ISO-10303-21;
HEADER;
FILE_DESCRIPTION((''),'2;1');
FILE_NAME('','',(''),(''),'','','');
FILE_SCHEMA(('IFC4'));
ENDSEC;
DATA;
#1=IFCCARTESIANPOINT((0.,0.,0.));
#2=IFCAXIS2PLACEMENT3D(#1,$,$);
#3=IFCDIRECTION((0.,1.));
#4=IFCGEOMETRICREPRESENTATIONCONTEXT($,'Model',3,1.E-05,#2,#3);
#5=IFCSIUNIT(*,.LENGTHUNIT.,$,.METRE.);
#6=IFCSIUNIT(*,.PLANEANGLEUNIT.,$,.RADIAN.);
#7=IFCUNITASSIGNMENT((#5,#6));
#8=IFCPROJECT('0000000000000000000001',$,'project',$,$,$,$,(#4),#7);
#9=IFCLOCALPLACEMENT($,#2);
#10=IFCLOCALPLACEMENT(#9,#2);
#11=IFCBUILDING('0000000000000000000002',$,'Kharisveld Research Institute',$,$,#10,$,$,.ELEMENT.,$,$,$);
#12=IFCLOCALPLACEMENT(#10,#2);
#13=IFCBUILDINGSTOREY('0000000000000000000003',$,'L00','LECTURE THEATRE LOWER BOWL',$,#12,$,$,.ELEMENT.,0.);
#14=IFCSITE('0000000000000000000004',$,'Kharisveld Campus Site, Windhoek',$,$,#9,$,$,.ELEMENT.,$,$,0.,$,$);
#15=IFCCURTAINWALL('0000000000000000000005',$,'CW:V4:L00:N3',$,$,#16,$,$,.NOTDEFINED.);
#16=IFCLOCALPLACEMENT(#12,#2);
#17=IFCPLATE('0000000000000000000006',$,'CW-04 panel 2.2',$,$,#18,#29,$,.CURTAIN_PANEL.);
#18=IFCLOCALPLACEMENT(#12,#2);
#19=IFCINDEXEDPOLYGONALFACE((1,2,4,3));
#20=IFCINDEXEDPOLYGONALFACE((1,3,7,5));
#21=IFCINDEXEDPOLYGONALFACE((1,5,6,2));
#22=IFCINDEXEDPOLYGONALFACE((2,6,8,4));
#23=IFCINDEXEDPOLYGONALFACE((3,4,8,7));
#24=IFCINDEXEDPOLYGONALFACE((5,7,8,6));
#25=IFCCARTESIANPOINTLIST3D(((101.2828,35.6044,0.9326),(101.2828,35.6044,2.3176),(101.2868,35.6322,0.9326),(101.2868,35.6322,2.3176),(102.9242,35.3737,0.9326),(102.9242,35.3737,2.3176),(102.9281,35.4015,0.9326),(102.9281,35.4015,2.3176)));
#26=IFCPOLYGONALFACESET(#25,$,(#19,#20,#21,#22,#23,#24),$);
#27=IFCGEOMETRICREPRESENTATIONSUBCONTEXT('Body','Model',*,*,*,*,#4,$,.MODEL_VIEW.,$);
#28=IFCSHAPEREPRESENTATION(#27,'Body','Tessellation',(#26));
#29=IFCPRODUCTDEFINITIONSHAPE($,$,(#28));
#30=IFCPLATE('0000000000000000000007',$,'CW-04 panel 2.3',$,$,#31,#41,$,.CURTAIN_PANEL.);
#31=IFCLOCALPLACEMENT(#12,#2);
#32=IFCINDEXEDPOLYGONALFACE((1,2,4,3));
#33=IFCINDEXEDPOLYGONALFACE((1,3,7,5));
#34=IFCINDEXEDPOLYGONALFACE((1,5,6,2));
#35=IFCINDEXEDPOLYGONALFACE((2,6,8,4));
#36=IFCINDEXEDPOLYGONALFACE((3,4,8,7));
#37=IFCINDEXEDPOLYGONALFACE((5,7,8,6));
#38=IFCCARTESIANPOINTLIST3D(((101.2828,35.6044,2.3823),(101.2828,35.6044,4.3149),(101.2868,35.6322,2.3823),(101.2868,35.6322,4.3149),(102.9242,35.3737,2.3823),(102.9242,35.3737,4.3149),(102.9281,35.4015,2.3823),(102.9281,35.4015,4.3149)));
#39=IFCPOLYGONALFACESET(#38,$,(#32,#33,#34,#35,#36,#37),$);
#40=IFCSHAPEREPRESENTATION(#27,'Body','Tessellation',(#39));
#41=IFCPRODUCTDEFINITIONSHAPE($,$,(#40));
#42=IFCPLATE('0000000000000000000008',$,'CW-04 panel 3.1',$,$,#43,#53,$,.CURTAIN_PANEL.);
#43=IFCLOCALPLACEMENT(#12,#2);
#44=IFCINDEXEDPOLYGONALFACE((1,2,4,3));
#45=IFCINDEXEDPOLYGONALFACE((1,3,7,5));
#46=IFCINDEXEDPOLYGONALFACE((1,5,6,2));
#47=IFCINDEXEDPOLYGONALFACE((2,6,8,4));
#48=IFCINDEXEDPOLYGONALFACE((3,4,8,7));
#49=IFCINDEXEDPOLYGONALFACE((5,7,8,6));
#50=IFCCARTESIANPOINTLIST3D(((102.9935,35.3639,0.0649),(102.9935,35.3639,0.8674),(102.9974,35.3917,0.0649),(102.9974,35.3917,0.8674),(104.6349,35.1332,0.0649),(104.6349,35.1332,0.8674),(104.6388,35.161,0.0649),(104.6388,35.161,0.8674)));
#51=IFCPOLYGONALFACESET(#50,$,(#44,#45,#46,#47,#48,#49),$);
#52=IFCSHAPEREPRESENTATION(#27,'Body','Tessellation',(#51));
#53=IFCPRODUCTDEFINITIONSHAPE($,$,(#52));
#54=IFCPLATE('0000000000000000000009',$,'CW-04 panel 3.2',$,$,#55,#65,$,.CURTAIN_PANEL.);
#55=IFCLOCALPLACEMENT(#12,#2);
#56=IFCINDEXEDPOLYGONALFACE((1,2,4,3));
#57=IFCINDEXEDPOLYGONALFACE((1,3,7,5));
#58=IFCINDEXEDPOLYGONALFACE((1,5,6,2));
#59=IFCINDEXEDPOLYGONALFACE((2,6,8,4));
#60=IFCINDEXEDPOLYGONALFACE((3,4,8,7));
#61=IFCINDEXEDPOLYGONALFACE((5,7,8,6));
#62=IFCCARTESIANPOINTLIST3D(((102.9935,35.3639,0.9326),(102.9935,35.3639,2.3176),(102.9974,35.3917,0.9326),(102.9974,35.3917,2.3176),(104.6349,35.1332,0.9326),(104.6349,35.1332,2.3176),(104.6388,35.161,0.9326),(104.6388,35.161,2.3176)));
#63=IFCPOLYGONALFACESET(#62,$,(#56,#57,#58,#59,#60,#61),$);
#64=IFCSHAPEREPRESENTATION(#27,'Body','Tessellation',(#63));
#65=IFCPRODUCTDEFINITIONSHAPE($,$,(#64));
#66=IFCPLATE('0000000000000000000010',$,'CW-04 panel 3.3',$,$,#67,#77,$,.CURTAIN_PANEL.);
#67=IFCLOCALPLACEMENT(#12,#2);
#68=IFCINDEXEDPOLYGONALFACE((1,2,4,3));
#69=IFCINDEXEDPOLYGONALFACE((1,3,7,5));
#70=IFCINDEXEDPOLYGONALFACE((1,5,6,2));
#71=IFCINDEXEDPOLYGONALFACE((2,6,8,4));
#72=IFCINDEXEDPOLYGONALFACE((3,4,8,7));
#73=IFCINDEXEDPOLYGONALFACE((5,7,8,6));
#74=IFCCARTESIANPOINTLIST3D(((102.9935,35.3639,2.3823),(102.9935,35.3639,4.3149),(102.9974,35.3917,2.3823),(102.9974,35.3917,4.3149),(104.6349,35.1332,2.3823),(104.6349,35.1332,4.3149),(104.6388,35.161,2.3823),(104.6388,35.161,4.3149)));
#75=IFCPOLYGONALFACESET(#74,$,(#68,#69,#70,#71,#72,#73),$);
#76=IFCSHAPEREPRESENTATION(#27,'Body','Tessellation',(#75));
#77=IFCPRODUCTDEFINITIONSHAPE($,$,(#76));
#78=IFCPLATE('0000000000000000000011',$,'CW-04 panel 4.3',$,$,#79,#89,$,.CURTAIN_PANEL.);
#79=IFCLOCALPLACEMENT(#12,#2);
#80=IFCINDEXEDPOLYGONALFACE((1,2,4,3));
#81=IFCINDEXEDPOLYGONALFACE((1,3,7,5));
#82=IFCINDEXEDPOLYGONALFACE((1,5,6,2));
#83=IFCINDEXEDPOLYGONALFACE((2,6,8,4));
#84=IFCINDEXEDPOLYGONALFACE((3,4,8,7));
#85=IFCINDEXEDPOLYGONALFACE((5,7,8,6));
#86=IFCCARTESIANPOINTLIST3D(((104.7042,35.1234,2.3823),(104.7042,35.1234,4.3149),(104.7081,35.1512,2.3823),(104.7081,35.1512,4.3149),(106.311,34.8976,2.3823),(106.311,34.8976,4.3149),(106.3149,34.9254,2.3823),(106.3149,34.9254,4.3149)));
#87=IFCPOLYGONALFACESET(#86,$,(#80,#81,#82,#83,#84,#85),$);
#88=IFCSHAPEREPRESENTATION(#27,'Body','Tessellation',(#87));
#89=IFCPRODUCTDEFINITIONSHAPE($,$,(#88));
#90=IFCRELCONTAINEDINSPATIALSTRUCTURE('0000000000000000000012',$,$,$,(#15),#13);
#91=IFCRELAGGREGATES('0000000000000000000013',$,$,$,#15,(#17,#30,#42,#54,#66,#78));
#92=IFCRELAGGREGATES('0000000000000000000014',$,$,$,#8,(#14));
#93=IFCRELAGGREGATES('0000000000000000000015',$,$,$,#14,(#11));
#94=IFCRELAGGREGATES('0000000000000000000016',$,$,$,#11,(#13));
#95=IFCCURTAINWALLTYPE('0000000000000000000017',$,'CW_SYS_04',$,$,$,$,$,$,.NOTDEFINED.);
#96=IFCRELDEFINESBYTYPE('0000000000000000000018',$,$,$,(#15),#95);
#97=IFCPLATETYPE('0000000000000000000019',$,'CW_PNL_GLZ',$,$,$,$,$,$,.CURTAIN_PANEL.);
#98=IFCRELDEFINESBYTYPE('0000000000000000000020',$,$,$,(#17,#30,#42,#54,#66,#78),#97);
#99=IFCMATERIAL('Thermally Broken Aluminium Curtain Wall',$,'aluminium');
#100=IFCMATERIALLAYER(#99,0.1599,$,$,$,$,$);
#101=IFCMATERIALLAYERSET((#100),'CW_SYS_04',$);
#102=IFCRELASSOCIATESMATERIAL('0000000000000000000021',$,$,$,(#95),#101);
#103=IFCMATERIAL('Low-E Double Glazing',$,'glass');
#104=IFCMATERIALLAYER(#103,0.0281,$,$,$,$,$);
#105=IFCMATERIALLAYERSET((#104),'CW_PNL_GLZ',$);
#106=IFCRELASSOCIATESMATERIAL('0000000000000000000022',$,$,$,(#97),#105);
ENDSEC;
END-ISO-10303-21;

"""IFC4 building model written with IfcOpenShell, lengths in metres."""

from ifc_helpers import new_model, si_unit, direction, frame, origin, origin_2d, place, context, subcontext, project, spatial, rectangle, extrude, material, layer, layer_set, type_object, element, aggregate, save


model = new_model("IFC4")

# Units and contexts
model_context = context("Model", 3, precision=1e-05, world=origin(), true_north=direction((0.0, 1.0)))
body_context = subcontext(model_context, "Body", "Model", "MODEL_VIEW")
ifc_project = project(units=[si_unit("LENGTHUNIT", "METRE"), si_unit("PLANEANGLEUNIT", "RADIAN")], contexts=[model_context])

# Site, building, storey
site_placement = place(None, origin())
site = spatial("IfcSite", under=ifc_project, at=site_placement, Name="Kharisveld Campus Site, Windhoek", CompositionType="ELEMENT", RefElevation=0.0)
building_placement = place(site_placement, origin())
building = spatial("IfcBuilding", under=site, at=building_placement, Name="Kharisveld Research Institute", CompositionType="ELEMENT")
storey_placement = place(building_placement, origin())
storey = spatial("IfcBuildingStorey", under=building, at=storey_placement, Name="L00", Description="LECTURE THEATRE LOWER BOWL", CompositionType="ELEMENT", Elevation=0.0)

# Curtain wall, plates
ifc_material_1 = material(Name="Thermally Broken Aluminium Curtain Wall", Category="aluminium")
ifc_layer_1 = layer(ifc_material_1, 0.1599)
ifc_layer_set_1 = layer_set([ifc_layer_1], Name="CW_SYS_04")
curtain_wall_type = type_object("IfcCurtainWallType", Name="CW_SYS_04", PredefinedType="NOTDEFINED", material=ifc_layer_set_1)
curtain_wall_placement = place(storey_placement, origin())
curtain_wall = element("IfcCurtainWall", 1, at=curtain_wall_placement, inside=storey, type_object=curtain_wall_type, Name="CW:V4:L00:N3", PredefinedType="NOTDEFINED")
ifc_material_2 = material(Name="Low-E Double Glazing", Category="glass")
ifc_layer_2 = layer(ifc_material_2, 0.0281)
ifc_layer_set_2 = layer_set([ifc_layer_2], Name="CW_PNL_GLZ")
plate_type = type_object("IfcPlateType", Name="CW_PNL_GLZ", PredefinedType="CURTAIN_PANEL", material=ifc_layer_set_2)
plate_1_placement = place(storey_placement, frame((102.1055, 35.5029, 0.9326), z_axis=(0.0, 0.0, 1.0), x_axis=(0.990268, -0.139173, 0.0)))
plate_1 = element("IfcPlate", 2, at=plate_1_placement, type_object=plate_type, Name="CW-04 panel 2.2", PredefinedType="CURTAIN_PANEL", context=body_context, shape_type="SweptSolid", body=[
    extrude(rectangle(XDim=1.6575, YDim=0.0281, at=origin_2d()), origin(), (0.0, 0.0, 1.0), 1.385),
])
plate_2_placement = place(storey_placement, frame((102.1055, 35.5029, 2.3823), z_axis=(0.0, 0.0, 1.0), x_axis=(0.990268, -0.139173, 0.0)))
plate_2 = element("IfcPlate", 3, at=plate_2_placement, type_object=plate_type, Name="CW-04 panel 2.3", PredefinedType="CURTAIN_PANEL", context=body_context, shape_type="SweptSolid", body=[
    extrude(rectangle(XDim=1.6575, YDim=0.0281, at=origin_2d()), origin(), (0.0, 0.0, 1.0), 1.9326),
])
plate_3_placement = place(storey_placement, frame((103.8162, 35.2625, 0.0649), z_axis=(0.0, 0.0, 1.0), x_axis=(0.990268, -0.139173, 0.0)))
plate_3 = element("IfcPlate", 4, at=plate_3_placement, type_object=plate_type, Name="CW-04 panel 3.1", PredefinedType="CURTAIN_PANEL", context=body_context, shape_type="SweptSolid", body=[
    extrude(rectangle(XDim=1.6575, YDim=0.0281, at=origin_2d()), origin(), (0.0, 0.0, 1.0), 0.8025),
])
plate_4_placement = place(storey_placement, frame((103.8162, 35.2625, 0.9326), z_axis=(0.0, 0.0, 1.0), x_axis=(0.990268, -0.139173, 0.0)))
plate_4 = element("IfcPlate", 5, at=plate_4_placement, type_object=plate_type, Name="CW-04 panel 3.2", PredefinedType="CURTAIN_PANEL", context=body_context, shape_type="SweptSolid", body=[
    extrude(rectangle(XDim=1.6575, YDim=0.0281, at=origin_2d()), origin(), (0.0, 0.0, 1.0), 1.385),
])
plate_5_placement = place(storey_placement, frame((103.8162, 35.2625, 2.3823), z_axis=(0.0, 0.0, 1.0), x_axis=(0.990268, -0.139173, 0.0)))
plate_5 = element("IfcPlate", 6, at=plate_5_placement, type_object=plate_type, Name="CW-04 panel 3.3", PredefinedType="CURTAIN_PANEL", context=body_context, shape_type="SweptSolid", body=[
    extrude(rectangle(XDim=1.6575, YDim=0.0281, at=origin_2d()), origin(), (0.0, 0.0, 1.0), 1.9326),
])
plate_6_placement = place(storey_placement, frame((105.5095, 35.0244, 2.3823), z_axis=(0.0, 0.0, 1.0), x_axis=(0.990268, -0.139173, 0.0)))
plate_6 = element("IfcPlate", 7, at=plate_6_placement, type_object=plate_type, Name="CW-04 panel 4.3", PredefinedType="CURTAIN_PANEL", context=body_context, shape_type="SweptSolid", body=[
    extrude(rectangle(XDim=1.6226, YDim=0.0281, at=origin_2d()), origin(), (0.0, 0.0, 1.0), 1.9326),
])
aggregate(curtain_wall, [plate_1, plate_2, plate_3, plate_4, plate_5, plate_6])

save(model, "model.ifc")
